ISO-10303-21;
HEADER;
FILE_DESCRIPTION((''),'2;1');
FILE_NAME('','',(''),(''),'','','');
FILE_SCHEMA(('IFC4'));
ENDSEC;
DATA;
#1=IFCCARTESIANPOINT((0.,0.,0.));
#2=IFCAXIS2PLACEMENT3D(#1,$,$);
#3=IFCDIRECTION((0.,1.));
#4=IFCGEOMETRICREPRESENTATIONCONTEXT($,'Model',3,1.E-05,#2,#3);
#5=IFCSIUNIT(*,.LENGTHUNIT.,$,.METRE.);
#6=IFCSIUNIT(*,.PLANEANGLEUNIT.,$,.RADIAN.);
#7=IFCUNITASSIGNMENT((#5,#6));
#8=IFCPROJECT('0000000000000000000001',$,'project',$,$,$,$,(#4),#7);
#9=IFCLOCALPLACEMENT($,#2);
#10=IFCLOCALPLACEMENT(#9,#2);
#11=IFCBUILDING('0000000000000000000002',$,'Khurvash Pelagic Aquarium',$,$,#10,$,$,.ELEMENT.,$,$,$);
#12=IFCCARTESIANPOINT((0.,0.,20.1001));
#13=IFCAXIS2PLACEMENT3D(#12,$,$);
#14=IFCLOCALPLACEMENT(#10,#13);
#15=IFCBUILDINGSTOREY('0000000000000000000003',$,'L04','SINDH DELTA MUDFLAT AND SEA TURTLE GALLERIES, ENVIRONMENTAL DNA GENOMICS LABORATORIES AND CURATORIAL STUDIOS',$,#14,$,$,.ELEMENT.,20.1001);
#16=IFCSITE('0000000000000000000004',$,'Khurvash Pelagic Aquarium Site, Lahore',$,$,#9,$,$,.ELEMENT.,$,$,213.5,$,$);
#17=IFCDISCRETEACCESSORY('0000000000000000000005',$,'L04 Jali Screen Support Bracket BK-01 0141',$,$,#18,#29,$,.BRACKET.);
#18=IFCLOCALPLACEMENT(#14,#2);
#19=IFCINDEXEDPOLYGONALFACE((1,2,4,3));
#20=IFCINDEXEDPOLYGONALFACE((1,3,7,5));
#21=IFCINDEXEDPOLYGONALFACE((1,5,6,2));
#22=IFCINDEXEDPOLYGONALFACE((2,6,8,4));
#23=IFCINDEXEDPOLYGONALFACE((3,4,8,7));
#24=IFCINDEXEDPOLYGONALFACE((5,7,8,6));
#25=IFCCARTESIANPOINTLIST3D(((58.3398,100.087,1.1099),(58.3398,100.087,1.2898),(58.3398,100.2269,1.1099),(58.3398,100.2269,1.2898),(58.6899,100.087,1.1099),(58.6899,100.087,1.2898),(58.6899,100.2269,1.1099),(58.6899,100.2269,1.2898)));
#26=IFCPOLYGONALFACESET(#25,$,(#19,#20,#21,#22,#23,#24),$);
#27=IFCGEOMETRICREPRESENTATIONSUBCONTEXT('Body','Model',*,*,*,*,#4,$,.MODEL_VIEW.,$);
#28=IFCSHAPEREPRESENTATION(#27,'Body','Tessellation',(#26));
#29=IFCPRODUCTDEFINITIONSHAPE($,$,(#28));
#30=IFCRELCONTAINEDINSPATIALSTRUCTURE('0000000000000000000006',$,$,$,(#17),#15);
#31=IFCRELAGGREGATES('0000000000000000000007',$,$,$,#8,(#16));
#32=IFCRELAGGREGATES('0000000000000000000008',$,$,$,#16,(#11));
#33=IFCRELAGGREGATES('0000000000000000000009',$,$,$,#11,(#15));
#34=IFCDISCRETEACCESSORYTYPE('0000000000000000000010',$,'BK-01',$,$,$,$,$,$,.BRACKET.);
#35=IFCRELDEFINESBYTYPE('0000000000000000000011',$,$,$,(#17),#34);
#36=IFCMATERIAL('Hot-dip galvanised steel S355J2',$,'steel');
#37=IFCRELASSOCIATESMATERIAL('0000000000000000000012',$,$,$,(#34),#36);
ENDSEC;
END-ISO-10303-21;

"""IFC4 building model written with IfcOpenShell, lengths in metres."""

from ifc_helpers import new_model, si_unit, direction, frame, origin, origin_2d, place, context, subcontext, project, spatial, rectangle, extrude, material, type_object, element, save


model = new_model("IFC4")

# Units and contexts
model_context = context("Model", 3, precision=1e-05, world=origin(), true_north=direction((0.0, 1.0)))
body_context = subcontext(model_context, "Body", "Model", "MODEL_VIEW")
ifc_project = project(units=[si_unit("LENGTHUNIT", "METRE"), si_unit("PLANEANGLEUNIT", "RADIAN")], contexts=[model_context])

# Site, building, storey
site_placement = place(None, origin())
site = spatial("IfcSite", under=ifc_project, at=site_placement, Name="Khurvash Pelagic Aquarium Site, Lahore", CompositionType="ELEMENT", RefElevation=213.5)
building_placement = place(site_placement, origin())
building = spatial("IfcBuilding", under=site, at=building_placement, Name="Khurvash Pelagic Aquarium", CompositionType="ELEMENT")
storey_placement = place(building_placement, frame((0.0, 0.0, 20.1001)))
storey = spatial("IfcBuildingStorey", under=building, at=storey_placement, Name="L04", Description="SINDH DELTA MUDFLAT AND SEA TURTLE GALLERIES, ENVIRONMENTAL DNA GENOMICS LABORATORIES AND CURATORIAL STUDIOS", CompositionType="ELEMENT", Elevation=20.1001)

# Discrete accessory
ifc_material_1 = material(Name="Hot-dip galvanised steel S355J2", Category="steel")
discrete_accessory_type = type_object("IfcDiscreteAccessoryType", Name="BK-01", PredefinedType="BRACKET", material=ifc_material_1)
discrete_accessory_placement = place(storey_placement, frame((58.5149, 100.157, 1.1099), z_axis=(0.0, 0.0, 1.0), x_axis=(0.0, -1.0, 0.0)))
element("IfcDiscreteAccessory", 1, at=discrete_accessory_placement, inside=storey, type_object=discrete_accessory_type, Name="L04 Jali Screen Support Bracket BK-01 0141", PredefinedType="BRACKET", context=body_context, shape_type="SweptSolid", body=[
    extrude(rectangle(XDim=0.1399, YDim=0.3501, at=origin_2d()), origin(), (0.0, 0.0, 1.0), 0.1799),
])

save(model, "model.ifc")
